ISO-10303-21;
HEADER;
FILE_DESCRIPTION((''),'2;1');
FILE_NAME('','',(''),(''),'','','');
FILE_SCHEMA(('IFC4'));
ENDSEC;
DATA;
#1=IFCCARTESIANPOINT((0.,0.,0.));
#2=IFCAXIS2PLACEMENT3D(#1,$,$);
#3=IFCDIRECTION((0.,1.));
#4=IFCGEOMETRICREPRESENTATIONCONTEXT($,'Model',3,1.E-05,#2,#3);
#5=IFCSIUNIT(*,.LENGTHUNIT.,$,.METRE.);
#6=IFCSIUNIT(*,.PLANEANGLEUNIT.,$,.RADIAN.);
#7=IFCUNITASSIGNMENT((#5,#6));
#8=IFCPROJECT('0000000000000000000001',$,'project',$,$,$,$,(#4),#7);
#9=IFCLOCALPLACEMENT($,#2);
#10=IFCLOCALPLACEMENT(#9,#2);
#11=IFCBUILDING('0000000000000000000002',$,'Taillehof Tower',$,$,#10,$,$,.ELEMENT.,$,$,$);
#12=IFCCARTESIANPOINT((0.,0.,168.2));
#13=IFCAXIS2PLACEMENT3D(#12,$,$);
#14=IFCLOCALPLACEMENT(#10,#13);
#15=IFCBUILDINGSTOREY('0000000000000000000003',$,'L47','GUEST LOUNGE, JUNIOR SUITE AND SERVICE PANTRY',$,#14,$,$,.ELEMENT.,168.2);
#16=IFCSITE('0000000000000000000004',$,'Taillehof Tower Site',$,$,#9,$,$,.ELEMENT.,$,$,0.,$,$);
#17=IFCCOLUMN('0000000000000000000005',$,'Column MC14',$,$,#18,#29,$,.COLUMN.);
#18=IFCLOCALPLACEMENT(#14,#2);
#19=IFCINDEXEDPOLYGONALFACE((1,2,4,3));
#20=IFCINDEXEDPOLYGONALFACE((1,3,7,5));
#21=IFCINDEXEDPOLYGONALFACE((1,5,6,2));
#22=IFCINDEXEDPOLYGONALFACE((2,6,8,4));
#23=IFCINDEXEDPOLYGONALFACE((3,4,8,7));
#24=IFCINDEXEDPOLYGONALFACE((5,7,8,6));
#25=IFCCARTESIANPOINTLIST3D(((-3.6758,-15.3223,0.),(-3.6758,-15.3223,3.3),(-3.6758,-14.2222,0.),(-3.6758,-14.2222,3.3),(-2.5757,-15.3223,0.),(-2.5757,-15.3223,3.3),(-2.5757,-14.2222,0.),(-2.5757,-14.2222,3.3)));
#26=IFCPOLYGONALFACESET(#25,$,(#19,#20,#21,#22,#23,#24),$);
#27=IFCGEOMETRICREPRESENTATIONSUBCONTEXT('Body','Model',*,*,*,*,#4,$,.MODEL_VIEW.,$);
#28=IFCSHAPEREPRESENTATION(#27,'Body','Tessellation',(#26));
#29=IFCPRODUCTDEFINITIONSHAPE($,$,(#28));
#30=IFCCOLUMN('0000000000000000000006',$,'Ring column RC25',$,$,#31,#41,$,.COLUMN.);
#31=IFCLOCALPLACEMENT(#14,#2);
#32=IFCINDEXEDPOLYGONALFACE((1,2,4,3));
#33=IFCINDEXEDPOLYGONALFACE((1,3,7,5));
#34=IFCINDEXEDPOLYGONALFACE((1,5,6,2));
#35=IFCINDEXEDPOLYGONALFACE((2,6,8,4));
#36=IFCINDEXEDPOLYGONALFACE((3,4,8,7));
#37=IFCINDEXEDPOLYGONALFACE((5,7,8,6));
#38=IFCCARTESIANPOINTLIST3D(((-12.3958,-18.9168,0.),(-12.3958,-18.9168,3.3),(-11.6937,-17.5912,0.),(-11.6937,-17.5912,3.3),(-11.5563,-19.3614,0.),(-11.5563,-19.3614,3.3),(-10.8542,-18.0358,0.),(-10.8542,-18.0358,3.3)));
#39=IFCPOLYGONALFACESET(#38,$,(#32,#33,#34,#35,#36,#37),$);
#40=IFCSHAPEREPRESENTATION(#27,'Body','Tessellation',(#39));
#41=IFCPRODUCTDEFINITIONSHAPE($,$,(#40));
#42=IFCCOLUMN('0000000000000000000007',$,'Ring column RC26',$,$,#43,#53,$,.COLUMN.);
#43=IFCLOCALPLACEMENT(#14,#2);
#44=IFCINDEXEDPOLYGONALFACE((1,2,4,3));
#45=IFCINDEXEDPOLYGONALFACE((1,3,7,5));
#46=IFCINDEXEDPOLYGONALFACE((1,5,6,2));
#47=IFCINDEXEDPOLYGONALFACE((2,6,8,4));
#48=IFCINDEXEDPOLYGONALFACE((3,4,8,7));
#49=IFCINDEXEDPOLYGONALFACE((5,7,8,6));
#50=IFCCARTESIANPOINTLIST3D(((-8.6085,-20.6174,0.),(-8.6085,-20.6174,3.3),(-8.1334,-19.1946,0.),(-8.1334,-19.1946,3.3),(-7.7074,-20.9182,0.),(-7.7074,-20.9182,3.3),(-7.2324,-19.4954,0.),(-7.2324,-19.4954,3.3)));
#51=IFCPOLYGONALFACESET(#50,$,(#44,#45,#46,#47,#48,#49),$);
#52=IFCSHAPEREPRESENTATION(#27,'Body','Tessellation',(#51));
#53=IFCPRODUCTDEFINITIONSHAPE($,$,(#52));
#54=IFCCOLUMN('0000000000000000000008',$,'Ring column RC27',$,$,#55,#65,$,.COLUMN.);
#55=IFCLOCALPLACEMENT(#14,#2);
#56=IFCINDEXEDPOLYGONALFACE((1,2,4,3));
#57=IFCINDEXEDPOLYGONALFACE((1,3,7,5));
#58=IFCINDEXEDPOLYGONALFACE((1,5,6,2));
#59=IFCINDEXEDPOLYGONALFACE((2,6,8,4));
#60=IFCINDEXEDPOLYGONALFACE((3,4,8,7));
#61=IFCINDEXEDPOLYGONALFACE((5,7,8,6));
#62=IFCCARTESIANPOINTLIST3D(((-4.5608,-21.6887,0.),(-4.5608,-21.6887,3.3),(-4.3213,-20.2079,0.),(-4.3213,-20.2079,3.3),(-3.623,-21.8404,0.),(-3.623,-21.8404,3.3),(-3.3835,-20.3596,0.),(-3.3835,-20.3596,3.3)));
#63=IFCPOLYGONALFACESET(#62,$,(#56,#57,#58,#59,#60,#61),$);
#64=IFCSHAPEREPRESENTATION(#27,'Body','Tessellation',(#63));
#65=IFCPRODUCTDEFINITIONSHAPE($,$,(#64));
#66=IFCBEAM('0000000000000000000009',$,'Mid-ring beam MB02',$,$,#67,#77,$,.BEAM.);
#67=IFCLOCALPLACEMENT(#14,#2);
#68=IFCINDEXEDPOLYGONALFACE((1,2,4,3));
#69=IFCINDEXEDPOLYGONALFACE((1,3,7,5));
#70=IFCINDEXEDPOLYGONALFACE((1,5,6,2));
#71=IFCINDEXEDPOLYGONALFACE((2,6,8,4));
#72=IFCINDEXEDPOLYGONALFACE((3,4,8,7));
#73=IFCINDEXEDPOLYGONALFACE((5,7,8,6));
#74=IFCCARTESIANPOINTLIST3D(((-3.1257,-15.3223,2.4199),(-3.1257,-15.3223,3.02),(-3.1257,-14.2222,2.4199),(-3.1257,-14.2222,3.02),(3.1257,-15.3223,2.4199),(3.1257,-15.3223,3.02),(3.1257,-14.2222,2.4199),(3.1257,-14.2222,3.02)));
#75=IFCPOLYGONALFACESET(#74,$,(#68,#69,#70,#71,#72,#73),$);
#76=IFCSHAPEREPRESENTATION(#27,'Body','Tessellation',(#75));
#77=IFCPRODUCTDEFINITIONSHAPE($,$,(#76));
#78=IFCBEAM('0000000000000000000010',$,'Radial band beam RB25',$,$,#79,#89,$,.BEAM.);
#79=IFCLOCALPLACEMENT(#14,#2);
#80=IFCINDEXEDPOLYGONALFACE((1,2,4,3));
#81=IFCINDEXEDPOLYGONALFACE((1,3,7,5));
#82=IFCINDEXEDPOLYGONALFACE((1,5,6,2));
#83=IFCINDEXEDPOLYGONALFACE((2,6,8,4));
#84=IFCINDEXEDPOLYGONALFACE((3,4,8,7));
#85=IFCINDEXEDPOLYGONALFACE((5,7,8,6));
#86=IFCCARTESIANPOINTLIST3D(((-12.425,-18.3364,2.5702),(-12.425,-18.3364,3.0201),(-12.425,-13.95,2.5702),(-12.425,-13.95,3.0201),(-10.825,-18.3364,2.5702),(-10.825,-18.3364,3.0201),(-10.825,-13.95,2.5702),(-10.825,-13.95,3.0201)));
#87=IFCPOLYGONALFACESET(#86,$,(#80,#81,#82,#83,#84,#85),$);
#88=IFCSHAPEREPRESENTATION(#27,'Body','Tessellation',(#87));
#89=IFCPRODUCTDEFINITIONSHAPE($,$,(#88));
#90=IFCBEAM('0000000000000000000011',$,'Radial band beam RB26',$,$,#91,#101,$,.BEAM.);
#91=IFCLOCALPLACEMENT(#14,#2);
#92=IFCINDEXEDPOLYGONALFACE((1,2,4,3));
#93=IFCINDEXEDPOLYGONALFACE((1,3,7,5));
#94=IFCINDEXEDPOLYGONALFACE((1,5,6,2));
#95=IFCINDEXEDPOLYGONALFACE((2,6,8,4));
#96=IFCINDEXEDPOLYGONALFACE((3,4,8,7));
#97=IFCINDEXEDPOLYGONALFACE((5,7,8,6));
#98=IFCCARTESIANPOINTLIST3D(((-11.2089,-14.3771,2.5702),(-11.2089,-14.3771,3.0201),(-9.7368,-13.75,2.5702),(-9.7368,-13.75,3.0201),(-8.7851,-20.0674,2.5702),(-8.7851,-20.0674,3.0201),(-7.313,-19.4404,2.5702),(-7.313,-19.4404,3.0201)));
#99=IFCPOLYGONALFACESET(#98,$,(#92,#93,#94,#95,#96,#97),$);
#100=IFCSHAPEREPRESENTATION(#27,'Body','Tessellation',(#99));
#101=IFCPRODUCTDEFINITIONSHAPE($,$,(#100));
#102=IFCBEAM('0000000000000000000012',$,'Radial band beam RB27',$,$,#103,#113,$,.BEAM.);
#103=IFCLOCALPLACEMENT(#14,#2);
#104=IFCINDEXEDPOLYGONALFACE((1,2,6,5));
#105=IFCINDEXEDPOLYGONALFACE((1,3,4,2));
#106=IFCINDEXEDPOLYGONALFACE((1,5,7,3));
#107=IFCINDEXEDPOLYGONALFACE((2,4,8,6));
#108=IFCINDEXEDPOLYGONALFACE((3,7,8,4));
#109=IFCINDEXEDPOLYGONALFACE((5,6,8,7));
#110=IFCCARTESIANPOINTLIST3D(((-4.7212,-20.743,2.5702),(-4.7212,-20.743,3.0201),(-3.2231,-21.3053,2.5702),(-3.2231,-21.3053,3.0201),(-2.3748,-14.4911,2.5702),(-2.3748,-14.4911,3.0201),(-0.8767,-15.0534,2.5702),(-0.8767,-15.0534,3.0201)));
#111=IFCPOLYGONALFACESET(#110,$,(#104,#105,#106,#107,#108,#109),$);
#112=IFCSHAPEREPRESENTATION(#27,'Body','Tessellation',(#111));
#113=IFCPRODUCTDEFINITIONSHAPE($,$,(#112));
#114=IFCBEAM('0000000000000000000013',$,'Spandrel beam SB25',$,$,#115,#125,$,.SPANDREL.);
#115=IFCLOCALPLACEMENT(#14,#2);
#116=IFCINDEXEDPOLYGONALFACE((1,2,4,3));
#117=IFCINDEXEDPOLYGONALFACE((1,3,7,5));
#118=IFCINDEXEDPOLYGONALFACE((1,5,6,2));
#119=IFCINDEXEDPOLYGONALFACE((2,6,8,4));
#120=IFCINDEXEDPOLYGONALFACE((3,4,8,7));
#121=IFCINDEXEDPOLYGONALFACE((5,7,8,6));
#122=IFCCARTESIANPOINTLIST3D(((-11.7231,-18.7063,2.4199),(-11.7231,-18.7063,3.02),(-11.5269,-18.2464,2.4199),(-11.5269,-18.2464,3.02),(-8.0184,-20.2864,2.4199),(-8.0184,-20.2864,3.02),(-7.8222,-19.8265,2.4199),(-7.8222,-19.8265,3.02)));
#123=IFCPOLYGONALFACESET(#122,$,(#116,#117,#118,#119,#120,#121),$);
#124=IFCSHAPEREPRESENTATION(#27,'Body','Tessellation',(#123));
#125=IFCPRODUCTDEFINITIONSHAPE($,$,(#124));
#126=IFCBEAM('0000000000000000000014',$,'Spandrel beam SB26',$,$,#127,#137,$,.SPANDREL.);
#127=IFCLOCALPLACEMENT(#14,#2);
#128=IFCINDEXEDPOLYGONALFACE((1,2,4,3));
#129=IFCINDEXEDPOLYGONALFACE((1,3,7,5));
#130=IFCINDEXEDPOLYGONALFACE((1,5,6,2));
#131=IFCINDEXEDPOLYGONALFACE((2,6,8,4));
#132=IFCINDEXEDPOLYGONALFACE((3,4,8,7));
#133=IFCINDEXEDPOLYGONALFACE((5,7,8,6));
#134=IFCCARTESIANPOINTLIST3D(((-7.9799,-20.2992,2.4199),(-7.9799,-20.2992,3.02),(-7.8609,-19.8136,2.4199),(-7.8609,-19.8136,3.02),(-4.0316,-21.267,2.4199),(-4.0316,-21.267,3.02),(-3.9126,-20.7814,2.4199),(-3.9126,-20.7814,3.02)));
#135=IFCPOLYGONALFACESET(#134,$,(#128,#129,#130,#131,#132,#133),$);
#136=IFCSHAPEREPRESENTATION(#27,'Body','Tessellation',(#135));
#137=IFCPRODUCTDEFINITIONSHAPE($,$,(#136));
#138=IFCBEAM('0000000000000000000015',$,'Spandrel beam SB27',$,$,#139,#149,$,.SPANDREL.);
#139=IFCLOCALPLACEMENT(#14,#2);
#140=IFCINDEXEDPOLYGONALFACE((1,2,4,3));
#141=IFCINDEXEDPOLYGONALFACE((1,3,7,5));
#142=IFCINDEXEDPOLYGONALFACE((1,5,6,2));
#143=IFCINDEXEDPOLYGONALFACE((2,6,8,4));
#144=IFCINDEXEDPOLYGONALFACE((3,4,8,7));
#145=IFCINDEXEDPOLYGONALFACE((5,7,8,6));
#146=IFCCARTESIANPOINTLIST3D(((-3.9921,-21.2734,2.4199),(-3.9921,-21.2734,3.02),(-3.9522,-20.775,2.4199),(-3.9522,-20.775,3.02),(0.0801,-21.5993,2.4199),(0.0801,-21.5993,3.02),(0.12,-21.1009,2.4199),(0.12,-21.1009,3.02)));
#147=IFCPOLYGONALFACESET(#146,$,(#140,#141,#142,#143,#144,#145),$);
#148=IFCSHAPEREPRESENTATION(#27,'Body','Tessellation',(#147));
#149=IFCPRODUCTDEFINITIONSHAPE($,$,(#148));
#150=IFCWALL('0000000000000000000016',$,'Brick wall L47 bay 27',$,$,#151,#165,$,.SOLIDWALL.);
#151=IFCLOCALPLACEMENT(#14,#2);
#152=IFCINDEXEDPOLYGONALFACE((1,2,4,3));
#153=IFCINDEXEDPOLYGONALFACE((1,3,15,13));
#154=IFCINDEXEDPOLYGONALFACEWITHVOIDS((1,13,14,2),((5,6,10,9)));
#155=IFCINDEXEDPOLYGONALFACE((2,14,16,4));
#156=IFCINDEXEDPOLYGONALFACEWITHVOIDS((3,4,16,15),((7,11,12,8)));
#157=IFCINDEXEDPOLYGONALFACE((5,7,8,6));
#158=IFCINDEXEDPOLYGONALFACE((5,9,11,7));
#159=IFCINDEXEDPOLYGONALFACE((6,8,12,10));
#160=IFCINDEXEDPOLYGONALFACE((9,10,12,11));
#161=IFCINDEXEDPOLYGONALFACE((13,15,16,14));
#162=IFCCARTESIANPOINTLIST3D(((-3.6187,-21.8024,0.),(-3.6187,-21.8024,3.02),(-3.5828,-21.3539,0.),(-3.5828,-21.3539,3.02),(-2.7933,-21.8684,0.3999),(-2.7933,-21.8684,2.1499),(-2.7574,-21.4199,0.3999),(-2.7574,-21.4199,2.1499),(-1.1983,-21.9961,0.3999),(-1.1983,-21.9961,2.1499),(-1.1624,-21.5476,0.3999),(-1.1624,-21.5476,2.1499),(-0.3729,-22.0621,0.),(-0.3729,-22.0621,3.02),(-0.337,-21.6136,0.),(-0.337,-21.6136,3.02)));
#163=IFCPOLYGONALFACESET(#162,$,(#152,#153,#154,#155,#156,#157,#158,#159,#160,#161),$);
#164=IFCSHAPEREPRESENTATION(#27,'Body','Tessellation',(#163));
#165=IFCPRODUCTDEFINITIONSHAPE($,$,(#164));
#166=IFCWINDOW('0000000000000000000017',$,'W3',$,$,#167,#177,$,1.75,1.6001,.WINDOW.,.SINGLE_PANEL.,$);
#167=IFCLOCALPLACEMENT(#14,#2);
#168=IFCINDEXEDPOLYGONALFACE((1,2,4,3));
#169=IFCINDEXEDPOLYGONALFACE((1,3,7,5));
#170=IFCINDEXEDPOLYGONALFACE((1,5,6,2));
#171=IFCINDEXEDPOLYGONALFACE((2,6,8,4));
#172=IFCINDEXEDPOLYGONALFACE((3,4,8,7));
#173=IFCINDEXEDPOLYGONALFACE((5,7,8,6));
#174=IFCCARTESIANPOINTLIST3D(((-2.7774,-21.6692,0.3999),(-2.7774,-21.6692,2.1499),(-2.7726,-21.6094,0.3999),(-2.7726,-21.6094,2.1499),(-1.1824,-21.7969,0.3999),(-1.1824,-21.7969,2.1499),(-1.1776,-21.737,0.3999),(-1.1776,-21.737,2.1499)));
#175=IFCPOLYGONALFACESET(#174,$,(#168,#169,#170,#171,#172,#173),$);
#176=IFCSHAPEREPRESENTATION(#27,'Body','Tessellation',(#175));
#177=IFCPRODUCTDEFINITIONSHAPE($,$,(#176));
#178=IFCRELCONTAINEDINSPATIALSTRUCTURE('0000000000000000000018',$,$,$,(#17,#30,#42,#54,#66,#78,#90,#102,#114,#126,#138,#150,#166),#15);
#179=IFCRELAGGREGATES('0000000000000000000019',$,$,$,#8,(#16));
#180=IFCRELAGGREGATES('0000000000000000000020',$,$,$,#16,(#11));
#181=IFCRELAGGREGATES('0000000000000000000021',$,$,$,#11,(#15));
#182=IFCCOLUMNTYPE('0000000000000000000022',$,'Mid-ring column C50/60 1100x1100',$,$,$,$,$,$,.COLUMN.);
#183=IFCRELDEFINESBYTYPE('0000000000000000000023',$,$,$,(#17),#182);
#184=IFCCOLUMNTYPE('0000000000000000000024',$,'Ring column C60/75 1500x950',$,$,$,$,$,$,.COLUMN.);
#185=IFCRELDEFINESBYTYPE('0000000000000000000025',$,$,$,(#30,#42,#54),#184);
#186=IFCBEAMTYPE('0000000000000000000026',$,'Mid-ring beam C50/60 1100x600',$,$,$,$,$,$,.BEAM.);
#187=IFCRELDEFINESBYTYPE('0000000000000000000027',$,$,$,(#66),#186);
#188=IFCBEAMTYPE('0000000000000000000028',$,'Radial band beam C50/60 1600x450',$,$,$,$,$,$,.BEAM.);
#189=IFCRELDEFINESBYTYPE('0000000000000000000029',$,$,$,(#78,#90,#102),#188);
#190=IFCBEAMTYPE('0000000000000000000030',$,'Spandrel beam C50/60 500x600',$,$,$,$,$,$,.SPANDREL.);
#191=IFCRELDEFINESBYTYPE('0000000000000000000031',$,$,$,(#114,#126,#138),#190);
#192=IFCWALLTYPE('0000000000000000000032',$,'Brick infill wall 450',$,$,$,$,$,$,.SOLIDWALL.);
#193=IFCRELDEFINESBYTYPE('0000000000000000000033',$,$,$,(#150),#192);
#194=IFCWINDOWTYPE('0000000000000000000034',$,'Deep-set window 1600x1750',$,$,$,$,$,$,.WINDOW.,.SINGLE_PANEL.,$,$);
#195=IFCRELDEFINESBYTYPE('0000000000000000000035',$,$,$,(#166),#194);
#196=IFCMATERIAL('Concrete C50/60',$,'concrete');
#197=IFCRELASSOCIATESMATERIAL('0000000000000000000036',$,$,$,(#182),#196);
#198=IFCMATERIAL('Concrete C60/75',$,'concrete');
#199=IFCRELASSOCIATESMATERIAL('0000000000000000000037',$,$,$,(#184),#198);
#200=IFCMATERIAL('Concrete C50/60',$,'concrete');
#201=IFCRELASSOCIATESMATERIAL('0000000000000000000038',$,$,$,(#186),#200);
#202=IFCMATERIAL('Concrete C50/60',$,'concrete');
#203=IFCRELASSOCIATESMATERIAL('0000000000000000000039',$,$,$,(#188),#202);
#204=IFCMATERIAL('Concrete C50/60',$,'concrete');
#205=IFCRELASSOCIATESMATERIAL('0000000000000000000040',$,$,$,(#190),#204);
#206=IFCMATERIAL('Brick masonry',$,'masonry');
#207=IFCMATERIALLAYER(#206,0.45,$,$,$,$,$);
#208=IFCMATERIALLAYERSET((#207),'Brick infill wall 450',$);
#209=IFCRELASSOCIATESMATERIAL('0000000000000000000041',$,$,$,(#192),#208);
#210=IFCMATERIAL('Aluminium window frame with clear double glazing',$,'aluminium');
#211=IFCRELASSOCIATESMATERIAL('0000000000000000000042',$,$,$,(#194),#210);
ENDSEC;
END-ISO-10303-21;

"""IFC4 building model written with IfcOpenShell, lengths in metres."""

from ifc_helpers import new_model, si_unit, direction, frame, frame_2d, origin, origin_2d, place, context, subcontext, project, spatial, rectangle, extrude, material, layer, layer_set, material_profile, profile_set, type_object, element, fill, save


model = new_model("IFC4")

# Units and contexts
model_context = context("Model", 3, precision=1e-05, world=origin(), true_north=direction((0.0, 1.0)))
body_context = subcontext(model_context, "Body", "Model", "MODEL_VIEW")
ifc_project = project(units=[si_unit("LENGTHUNIT", "METRE"), si_unit("PLANEANGLEUNIT", "RADIAN")], contexts=[model_context])

# Site, building, storey
site_placement = place(None, origin())
site = spatial("IfcSite", under=ifc_project, at=site_placement, Name="Taillehof Tower Site", CompositionType="ELEMENT", RefElevation=0.0)
building_placement = place(site_placement, origin())
building = spatial("IfcBuilding", under=site, at=building_placement, Name="Taillehof Tower", CompositionType="ELEMENT")
storey_placement = place(building_placement, frame((0.0, 0.0, 168.2)))
storey = spatial("IfcBuildingStorey", under=building, at=storey_placement, Name="L47", Description="GUEST LOUNGE, JUNIOR SUITE AND SERVICE PANTRY", CompositionType="ELEMENT", Elevation=168.2)

# Columns
ifc_material_1 = material(Name="Concrete C50/60", Category="concrete")
ifc_material_profile_1 = material_profile(ifc_material_1, rectangle(XDim=1.1001, YDim=1.1001, at=origin_2d()), Name="RC 1100x1100")
ifc_profile_set_1 = profile_set([ifc_material_profile_1], Name="Concrete C50/60")
column_type_1 = type_object("IfcColumnType", Name="Mid-ring column C50/60 1100x1100", PredefinedType="COLUMN", material=ifc_profile_set_1)
column_placement = place(storey_placement, frame((-3.1257, -14.7722, 0.0), z_axis=(0.0, 0.0, 1.0), x_axis=(1.0, 0.0, 0.0)))
element("IfcColumn", 1, at=column_placement, inside=storey, type_object=column_type_1, Name="Column MC14", PredefinedType="COLUMN", context=body_context, shape_type="SweptSolid", body=[
    extrude(rectangle(XDim=1.1001, YDim=1.1001, at=origin_2d()), origin(), (0.0, 0.0, 1.0), 3.3),
])
ifc_material_2 = material(Name="Concrete C60/75", Category="concrete")
ifc_material_profile_2 = material_profile(ifc_material_2, rectangle(XDim=1.5, YDim=0.95, at=origin_2d()), Name="RC 1500x950")
ifc_profile_set_2 = profile_set([ifc_material_profile_2], Name="Concrete C60/75")
column_type_2 = type_object("IfcColumnType", Name="Ring column C60/75 1500x950", PredefinedType="COLUMN", material=ifc_profile_set_2)
for number, where, z_axis, x_axis, name in (
    (2, (-11.625, -18.4763, 0.0), (0.0, 0.0, 1.0), (-0.468042, -0.883706, 0.0), "Ring column RC25"),
    (3, (-7.9204, -20.0564, 0.0), (0.0, 0.0, 1.0), (-0.316703, -0.948525, 0.0), "Ring column RC26"),
    (4, (-3.9722, -21.0242, 0.0), (0.0, 0.0, 1.0), (-0.159679, -0.987169, 0.0), "Ring column RC27"),
):
    element("IfcColumn", number, at=place(storey_placement, frame(where, z_axis=z_axis, x_axis=x_axis)), inside=storey, type_object=column_type_2, Name=name, PredefinedType="COLUMN", context=body_context, shape_type="SweptSolid", body=[
        extrude(rectangle(XDim=1.5, YDim=0.95, at=origin_2d()), origin(), (0.0, 0.0, 1.0), 3.3),
    ])

# Beams
ifc_material_3 = material(Name="Concrete C50/60", Category="concrete")
ifc_material_profile_3 = material_profile(ifc_material_3, rectangle(XDim=1.1001, YDim=0.6001, at=origin_2d()), Name="RC 1100x600")
ifc_profile_set_3 = profile_set([ifc_material_profile_3], Name="Concrete C50/60")
beam_type_1 = type_object("IfcBeamType", Name="Mid-ring beam C50/60 1100x600", PredefinedType="BEAM", material=ifc_profile_set_3)
beam_1_placement = place(storey_placement, frame((-3.1257, -14.7722, 2.72), z_axis=(1.0, 0.0, 0.0), x_axis=(0.0, 1.0, 0.0)))
element("IfcBeam", 5, at=beam_1_placement, inside=storey, type_object=beam_type_1, Name="Mid-ring beam MB02", PredefinedType="BEAM", context=body_context, shape_type="SweptSolid", body=[
    extrude(rectangle(XDim=1.1001, YDim=0.6001, at=origin_2d()), origin(), (0.0, 0.0, 1.0), 6.2515),
])
ifc_material_4 = material(Name="Concrete C50/60", Category="concrete")
ifc_material_profile_4 = material_profile(ifc_material_4, rectangle(XDim=1.6001, YDim=0.45, at=origin_2d()), Name="RC 1600x450")
ifc_profile_set_4 = profile_set([ifc_material_profile_4], Name="Concrete C50/60")
beam_type_2 = type_object("IfcBeamType", Name="Radial band beam C50/60 1600x450", PredefinedType="BEAM", material=ifc_profile_set_4)
beam_2_placement = place(storey_placement, frame((-11.625, -18.3364, 2.7952), z_axis=(0.0, 1.0, 0.0), x_axis=(-1.0, 0.0, 0.0)))
element("IfcBeam", 6, at=beam_2_placement, inside=storey, type_object=beam_type_2, Name="Radial band beam RB25", PredefinedType="BEAM", context=body_context, shape_type="SweptSolid", body=[
    extrude(rectangle(XDim=1.6001, YDim=0.45, at=origin_2d()), origin(), (0.0, 0.0, 1.0), 4.3865),
])
beam_3_placement = place(storey_placement, frame((-8.0491, -19.7539, 2.7952), z_axis=(-0.391879, 0.920017, 0.0), x_axis=(-0.920017, -0.391879, 0.0)))
element("IfcBeam", 7, at=beam_3_placement, inside=storey, type_object=beam_type_2, Name="Radial band beam RB26", PredefinedType="BEAM", context=body_context, shape_type="SweptSolid", body=[
    extrude(rectangle(XDim=1.6001, YDim=0.45, at=origin_2d()), origin(), (0.0, 0.0, 1.0), 6.1851),
])
beam_4_placement = place(storey_placement, frame((-3.9722, -21.0242, 2.7952), z_axis=(0.35138, 0.936233, 0.0), x_axis=(-0.936233, 0.35138, 0.0)))
element("IfcBeam", 8, at=beam_4_placement, inside=storey, type_object=beam_type_2, Name="Radial band beam RB27", PredefinedType="BEAM", context=body_context, shape_type="SweptSolid", body=[
    extrude(rectangle(XDim=1.6001, YDim=0.45, at=origin_2d()), origin(), (0.0, 0.0, 1.0), 6.6777),
])
ifc_material_5 = material(Name="Concrete C50/60", Category="concrete")
ifc_material_profile_5 = material_profile(ifc_material_5, rectangle(XDim=0.5, YDim=0.6001, at=origin_2d()), Name="RC 500x600")
ifc_profile_set_5 = profile_set([ifc_material_profile_5], Name="Concrete C50/60")
beam_type_3 = type_object("IfcBeamType", Name="Spandrel beam C50/60 500x600", PredefinedType="SPANDREL", material=ifc_profile_set_5)
beam_5_placement = place(storey_placement, frame((-11.625, -18.4763, 2.72), z_axis=(0.919827, -0.392324, 0.0), x_axis=(0.392324, 0.919827, 0.0)))
element("IfcBeam", 9, at=beam_5_placement, inside=storey, type_object=beam_type_3, Name="Spandrel beam SB25", PredefinedType="SPANDREL", context=body_context, shape_type="SweptSolid", body=[
    extrude(rectangle(XDim=0.5, YDim=0.6001, at=origin_2d()), origin(), (0.0, 0.0, 1.0), 4.0276),
])
beam_6_placement = place(storey_placement, frame((-7.9204, -20.0564, 2.72), z_axis=(0.971249, -0.238068, 0.0), x_axis=(0.238068, 0.971249, 0.0)))
element("IfcBeam", 10, at=beam_6_placement, inside=storey, type_object=beam_type_3, Name="Spandrel beam SB26", PredefinedType="SPANDREL", context=body_context, shape_type="SweptSolid", body=[
    extrude(rectangle(XDim=0.5, YDim=0.6001, at=origin_2d()), origin(), (0.0, 0.0, 1.0), 4.0652),
])
beam_7_placement = place(storey_placement, frame((-3.9722, -21.0242, 2.72), z_axis=(0.996812, -0.079781, 0.0), x_axis=(0.079781, 0.996812, 0.0)))
element("IfcBeam", 11, at=beam_7_placement, inside=storey, type_object=beam_type_3, Name="Spandrel beam SB27", PredefinedType="SPANDREL", context=body_context, shape_type="SweptSolid", body=[
    extrude(rectangle(XDim=0.5, YDim=0.6001, at=origin_2d()), origin(), (0.0, 0.0, 1.0), 4.0852),
])

# Wall, opening, window
ifc_material_6 = material(Name="Brick masonry", Category="masonry")
ifc_layer_1 = layer(ifc_material_6, 0.45)
ifc_layer_set_1 = layer_set([ifc_layer_1], Name="Brick infill wall 450")
wall_type_1 = type_object("IfcWallType", Name="Brick infill wall 450", PredefinedType="SOLIDWALL", material=ifc_layer_set_1)
wall_1_placement = place(storey_placement, frame((-3.6006, -21.5781, 0.0), z_axis=(0.0, 0.0, 1.0), x_axis=(0.996812, -0.079781, 0.0)))
wall_1 = element("IfcWall", 12, at=wall_1_placement, inside=storey, type_object=wall_type_1, Name="Brick wall L47 bay 27", PredefinedType="SOLIDWALL", context=body_context, shape_type="SweptSolid", body=[
    extrude(rectangle(XDim=3.2561, YDim=0.45, at=frame_2d((1.6279, 0.0))), origin(), (0.0, 0.0, 1.0), 3.02),
])
opening_1_placement = place(wall_1_placement, frame((0.8279, 0.0, 0.3999)))
opening_1 = element("IfcOpeningElement", 13, at=opening_1_placement, cuts=wall_1, PredefinedType="OPENING", context=body_context, shape_type="SweptSolid", body=[
    extrude(rectangle(XDim=1.6001, YDim=1.75, at=frame_2d((0.8, 0.875))), frame((0.0, 0.2349, 0.0), z_axis=(0.0, -1.0, 0.0), x_axis=(1.0, 0.0, 0.0)), (0.0, 0.0, 1.0), 0.47),
])
ifc_material_7 = material(Name="Aluminium window frame with clear double glazing", Category="aluminium")
window_type_1 = type_object("IfcWindowType", Name="Deep-set window 1600x1750", PartitioningType="SINGLE_PANEL", PredefinedType="WINDOW", material=ifc_material_7)
window_1_placement = place(opening_1_placement, origin())
window_1 = element("IfcWindow", 14, at=window_1_placement, inside=storey, type_object=window_type_1, Name="W3", OverallHeight=1.75, OverallWidth=1.6001, PartitioningType="SINGLE_PANEL", PredefinedType="WINDOW", context=body_context, shape_type="SweptSolid", body=[
    extrude(rectangle(XDim=1.6001, YDim=1.75, at=frame_2d((0.8, 0.875))), frame((0.0, 0.0349, 0.0), z_axis=(0.0, -1.0, 0.0), x_axis=(1.0, 0.0, 0.0)), (0.0, 0.0, 1.0), 0.0601),
])
fill(opening_1, window_1)

save(model, "model.ifc")
